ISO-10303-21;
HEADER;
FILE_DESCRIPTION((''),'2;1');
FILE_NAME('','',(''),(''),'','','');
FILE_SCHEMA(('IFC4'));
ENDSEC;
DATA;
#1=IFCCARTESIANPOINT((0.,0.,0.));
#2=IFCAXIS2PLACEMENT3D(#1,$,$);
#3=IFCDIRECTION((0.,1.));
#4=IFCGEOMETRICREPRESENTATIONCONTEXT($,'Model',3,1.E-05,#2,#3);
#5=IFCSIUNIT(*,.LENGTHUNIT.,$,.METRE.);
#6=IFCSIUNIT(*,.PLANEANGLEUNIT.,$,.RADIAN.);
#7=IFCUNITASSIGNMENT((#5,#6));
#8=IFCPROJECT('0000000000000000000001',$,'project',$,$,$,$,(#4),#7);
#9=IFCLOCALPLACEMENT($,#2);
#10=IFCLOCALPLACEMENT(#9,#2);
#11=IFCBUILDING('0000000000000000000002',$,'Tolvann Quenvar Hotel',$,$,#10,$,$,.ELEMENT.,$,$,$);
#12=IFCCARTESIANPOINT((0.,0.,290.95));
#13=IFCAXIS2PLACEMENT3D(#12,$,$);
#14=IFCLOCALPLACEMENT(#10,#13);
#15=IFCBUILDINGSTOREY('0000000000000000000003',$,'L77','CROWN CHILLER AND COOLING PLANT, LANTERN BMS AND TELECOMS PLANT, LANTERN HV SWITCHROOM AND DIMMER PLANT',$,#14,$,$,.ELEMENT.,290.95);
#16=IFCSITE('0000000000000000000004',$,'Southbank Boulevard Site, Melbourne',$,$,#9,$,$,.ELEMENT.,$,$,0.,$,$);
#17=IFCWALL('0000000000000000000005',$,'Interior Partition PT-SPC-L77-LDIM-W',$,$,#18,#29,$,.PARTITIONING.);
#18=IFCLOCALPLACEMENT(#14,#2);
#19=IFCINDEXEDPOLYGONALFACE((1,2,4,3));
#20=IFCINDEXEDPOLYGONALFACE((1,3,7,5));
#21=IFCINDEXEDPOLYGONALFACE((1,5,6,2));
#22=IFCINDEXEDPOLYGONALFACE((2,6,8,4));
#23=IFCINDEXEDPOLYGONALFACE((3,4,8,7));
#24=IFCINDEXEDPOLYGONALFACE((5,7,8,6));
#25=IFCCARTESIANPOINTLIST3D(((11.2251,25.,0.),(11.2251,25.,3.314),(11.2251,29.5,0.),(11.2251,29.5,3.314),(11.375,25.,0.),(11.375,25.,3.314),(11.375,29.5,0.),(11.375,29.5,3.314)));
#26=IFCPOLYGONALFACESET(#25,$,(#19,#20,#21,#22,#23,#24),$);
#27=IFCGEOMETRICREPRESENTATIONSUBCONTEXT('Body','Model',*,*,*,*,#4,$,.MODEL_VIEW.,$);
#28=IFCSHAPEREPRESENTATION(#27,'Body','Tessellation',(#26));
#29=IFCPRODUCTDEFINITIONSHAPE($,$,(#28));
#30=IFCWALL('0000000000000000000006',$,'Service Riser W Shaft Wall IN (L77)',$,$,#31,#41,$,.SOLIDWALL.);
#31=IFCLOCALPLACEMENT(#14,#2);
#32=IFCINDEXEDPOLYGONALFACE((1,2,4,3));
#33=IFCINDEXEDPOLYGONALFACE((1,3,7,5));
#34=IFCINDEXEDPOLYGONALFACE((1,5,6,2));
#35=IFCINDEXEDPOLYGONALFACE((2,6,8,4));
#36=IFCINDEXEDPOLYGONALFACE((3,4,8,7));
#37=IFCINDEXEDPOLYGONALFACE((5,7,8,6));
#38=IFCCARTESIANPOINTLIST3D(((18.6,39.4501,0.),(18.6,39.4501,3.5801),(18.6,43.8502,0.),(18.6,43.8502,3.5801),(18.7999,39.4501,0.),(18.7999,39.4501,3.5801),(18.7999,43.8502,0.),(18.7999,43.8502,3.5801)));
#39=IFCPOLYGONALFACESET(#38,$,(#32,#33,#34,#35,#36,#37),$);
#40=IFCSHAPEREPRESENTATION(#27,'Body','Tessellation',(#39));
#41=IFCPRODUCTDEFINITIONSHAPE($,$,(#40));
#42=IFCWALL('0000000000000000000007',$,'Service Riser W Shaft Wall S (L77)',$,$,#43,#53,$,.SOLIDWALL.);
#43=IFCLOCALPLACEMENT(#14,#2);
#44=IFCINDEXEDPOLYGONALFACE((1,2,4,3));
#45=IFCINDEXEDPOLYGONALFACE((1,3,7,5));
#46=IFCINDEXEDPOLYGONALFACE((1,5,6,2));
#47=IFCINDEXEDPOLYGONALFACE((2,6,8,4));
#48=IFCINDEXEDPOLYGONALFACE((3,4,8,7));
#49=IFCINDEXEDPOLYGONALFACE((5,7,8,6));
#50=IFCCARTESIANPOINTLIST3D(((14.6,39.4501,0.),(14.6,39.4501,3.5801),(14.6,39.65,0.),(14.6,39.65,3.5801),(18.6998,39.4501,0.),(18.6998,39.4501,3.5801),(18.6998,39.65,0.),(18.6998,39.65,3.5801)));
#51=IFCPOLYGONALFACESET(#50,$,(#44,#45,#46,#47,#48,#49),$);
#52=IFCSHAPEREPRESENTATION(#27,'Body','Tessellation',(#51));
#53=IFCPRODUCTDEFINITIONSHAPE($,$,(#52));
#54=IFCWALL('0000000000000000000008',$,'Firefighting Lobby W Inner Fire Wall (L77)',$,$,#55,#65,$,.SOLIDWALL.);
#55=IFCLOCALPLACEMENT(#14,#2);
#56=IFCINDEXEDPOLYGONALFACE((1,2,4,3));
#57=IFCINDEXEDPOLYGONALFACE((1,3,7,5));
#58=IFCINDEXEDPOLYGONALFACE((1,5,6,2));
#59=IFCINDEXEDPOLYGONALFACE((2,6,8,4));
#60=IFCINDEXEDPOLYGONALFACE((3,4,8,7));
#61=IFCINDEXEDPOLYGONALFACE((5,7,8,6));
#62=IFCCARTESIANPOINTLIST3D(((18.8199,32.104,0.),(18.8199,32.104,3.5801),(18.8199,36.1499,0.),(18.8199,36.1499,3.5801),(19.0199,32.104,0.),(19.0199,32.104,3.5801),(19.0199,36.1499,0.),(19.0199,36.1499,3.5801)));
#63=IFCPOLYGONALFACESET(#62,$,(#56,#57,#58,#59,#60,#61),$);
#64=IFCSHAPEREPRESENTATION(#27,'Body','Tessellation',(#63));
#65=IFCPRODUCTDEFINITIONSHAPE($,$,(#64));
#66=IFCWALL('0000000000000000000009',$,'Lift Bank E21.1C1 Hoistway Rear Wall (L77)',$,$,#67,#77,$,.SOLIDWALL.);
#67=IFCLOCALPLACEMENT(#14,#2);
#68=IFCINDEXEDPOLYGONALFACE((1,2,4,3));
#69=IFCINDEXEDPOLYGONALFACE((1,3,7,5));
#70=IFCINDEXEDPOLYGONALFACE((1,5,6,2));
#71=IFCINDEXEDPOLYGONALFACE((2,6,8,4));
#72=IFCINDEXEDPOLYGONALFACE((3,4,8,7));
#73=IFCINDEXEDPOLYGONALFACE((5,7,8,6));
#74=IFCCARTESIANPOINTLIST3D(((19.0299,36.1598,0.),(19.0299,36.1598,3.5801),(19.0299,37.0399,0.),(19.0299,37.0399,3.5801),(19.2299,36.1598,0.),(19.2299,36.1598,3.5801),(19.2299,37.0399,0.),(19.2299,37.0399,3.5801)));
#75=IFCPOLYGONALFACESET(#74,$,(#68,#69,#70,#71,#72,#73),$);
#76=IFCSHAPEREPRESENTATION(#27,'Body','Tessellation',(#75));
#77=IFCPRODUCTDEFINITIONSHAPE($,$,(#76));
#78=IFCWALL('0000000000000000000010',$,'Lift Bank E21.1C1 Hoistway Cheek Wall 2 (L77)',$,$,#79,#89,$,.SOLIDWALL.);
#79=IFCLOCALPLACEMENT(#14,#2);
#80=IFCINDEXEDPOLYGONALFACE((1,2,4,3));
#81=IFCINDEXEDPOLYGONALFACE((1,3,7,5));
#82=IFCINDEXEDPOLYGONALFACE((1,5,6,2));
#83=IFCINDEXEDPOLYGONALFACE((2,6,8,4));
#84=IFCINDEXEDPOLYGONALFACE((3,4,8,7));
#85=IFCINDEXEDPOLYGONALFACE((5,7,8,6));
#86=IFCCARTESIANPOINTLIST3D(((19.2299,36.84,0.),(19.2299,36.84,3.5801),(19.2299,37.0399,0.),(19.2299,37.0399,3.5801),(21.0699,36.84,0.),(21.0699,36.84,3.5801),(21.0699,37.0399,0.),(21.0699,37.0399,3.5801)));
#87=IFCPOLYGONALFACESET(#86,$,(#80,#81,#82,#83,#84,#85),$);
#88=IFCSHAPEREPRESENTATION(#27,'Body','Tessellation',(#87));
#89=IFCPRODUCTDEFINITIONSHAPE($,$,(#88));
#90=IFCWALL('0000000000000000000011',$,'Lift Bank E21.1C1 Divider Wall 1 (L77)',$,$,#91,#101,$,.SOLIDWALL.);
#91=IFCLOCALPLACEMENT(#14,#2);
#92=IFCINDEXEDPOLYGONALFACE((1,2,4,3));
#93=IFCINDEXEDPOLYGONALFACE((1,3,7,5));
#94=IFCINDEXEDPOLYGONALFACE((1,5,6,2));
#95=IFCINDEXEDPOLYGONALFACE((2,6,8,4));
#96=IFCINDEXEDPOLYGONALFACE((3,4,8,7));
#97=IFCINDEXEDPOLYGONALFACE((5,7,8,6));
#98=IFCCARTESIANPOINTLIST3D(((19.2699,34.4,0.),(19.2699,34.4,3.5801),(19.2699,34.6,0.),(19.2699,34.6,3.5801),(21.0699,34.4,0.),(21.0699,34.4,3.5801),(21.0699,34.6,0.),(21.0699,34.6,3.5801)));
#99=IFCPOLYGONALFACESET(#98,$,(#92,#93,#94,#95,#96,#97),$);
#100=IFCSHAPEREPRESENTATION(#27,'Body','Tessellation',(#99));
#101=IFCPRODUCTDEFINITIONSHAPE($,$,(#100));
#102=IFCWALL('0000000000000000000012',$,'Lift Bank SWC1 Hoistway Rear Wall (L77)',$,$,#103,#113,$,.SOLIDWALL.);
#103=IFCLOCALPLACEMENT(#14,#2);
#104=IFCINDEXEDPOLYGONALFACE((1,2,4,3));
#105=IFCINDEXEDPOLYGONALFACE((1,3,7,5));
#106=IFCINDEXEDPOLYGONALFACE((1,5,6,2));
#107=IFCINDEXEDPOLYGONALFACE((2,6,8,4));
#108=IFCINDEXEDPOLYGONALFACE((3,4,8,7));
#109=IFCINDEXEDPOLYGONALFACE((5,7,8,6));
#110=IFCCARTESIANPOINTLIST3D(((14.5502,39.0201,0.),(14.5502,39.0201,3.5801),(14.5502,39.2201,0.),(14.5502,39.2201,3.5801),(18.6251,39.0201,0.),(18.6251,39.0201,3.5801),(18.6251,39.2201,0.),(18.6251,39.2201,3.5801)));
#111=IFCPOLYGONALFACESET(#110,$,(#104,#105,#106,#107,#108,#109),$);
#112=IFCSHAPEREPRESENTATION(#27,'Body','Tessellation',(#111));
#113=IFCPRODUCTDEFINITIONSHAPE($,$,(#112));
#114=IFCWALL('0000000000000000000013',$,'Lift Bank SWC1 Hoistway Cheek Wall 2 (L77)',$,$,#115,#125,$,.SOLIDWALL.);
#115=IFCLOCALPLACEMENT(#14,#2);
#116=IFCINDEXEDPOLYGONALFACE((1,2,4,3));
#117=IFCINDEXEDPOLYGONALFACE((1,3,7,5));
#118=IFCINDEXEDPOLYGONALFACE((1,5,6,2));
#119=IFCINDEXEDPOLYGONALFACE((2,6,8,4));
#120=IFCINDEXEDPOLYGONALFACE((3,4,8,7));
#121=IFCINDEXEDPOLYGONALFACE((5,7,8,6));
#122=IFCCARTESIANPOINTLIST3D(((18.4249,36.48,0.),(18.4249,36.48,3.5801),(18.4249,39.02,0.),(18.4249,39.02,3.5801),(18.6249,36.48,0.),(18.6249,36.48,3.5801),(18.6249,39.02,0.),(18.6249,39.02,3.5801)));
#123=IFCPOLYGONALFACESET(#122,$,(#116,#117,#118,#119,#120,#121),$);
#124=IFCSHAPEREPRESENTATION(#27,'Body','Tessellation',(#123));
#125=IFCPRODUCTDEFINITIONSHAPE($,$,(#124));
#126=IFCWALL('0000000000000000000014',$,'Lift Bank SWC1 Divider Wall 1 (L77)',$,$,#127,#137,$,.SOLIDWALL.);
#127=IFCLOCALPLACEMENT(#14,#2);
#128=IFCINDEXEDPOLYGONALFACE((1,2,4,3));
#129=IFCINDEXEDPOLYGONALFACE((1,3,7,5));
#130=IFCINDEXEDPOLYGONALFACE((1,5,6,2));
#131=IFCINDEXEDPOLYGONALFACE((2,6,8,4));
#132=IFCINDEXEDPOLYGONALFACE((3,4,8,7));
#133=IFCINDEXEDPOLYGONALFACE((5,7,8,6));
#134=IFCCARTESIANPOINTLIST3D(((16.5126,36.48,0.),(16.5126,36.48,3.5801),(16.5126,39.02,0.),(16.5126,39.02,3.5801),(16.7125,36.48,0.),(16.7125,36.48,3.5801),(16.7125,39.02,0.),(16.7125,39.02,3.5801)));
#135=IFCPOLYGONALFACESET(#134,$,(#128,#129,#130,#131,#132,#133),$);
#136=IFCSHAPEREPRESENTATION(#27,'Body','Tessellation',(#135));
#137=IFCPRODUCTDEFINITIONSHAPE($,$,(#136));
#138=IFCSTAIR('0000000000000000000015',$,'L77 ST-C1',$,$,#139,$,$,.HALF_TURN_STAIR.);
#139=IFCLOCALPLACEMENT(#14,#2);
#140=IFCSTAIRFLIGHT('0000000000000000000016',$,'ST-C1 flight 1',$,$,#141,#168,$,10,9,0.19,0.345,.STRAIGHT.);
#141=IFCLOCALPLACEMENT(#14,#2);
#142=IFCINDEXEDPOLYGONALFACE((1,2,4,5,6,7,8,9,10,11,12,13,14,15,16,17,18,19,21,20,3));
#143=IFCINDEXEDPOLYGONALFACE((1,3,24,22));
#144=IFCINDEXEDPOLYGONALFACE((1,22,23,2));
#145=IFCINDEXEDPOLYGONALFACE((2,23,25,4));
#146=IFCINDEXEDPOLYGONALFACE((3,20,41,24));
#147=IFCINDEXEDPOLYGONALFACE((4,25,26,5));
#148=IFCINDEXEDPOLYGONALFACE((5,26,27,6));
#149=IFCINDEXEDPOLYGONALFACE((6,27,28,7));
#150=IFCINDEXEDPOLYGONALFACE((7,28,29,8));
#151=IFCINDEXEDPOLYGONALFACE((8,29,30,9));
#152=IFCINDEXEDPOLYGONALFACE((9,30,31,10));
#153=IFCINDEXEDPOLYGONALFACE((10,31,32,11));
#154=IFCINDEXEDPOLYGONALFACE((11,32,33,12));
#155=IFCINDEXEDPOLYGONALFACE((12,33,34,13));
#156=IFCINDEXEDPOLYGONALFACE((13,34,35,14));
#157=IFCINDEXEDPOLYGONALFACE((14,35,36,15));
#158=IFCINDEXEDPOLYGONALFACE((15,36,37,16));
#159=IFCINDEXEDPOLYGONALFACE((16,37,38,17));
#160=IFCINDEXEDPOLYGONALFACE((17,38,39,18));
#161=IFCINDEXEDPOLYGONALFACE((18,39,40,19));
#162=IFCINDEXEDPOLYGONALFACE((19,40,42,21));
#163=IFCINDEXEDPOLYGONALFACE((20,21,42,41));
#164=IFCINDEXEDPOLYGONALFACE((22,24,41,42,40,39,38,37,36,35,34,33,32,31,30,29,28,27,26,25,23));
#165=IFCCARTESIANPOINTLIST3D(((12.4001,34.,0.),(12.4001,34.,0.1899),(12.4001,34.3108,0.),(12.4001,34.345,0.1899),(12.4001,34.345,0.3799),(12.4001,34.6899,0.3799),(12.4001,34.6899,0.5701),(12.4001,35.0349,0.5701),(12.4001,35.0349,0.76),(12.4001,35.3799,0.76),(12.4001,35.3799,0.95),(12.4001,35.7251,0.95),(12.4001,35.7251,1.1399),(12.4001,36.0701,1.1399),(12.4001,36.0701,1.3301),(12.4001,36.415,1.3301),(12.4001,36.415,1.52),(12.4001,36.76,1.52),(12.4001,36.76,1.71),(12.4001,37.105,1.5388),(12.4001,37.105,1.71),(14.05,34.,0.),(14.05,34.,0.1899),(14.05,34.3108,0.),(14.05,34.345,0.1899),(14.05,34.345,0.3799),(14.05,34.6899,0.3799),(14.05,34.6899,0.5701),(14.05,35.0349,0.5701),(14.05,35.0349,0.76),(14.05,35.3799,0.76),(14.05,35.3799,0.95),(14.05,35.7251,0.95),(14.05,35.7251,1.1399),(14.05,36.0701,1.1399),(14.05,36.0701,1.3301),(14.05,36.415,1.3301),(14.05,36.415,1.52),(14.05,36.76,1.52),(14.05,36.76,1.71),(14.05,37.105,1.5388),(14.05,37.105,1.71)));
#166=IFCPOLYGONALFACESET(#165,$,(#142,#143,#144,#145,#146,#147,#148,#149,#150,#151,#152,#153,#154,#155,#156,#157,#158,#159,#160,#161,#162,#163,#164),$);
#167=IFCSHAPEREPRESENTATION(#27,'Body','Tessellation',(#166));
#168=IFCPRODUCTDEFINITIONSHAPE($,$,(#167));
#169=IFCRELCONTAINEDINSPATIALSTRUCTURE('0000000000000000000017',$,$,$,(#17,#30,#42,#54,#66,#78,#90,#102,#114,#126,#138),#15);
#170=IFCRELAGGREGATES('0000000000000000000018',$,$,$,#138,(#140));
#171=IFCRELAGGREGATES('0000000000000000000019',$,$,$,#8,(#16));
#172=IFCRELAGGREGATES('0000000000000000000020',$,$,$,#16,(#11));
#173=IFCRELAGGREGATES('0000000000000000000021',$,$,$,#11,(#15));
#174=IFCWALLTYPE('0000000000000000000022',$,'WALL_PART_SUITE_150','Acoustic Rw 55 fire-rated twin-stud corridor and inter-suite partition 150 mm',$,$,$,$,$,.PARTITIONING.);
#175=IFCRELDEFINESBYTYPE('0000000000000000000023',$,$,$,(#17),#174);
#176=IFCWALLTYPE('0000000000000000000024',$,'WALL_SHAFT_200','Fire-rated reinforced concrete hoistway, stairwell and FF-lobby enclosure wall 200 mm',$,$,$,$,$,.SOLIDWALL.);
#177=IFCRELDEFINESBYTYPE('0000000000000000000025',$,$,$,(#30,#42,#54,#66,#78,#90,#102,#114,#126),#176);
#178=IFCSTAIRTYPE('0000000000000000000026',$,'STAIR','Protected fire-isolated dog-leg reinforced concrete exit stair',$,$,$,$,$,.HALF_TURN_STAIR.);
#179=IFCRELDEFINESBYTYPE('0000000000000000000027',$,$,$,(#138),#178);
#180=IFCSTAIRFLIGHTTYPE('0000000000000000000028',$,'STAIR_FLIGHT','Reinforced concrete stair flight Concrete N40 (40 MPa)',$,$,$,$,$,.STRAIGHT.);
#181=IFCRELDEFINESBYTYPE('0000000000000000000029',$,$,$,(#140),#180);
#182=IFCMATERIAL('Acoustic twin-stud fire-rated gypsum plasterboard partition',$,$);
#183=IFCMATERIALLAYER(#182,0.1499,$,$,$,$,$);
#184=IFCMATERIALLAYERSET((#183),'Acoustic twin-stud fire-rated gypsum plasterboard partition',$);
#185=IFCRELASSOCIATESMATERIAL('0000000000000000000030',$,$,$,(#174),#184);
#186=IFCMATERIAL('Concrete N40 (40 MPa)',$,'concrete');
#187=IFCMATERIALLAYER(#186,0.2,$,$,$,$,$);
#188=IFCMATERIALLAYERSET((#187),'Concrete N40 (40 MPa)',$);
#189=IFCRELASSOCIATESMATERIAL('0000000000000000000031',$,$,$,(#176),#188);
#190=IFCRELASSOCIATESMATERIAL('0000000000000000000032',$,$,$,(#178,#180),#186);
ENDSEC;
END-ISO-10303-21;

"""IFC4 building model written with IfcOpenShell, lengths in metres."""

from ifc_helpers import new_model, si_unit, direction, frame, frame_2d, origin, place, context, subcontext, project, spatial, polyline, rectangle, outline, extrude, material, layer, layer_set, type_object, element, aggregate, save


model = new_model("IFC4")

# Units and contexts
model_context = context("Model", 3, precision=1e-05, world=origin(), true_north=direction((0.0, 1.0)))
body_context = subcontext(model_context, "Body", "Model", "MODEL_VIEW")
ifc_project = project(units=[si_unit("LENGTHUNIT", "METRE"), si_unit("PLANEANGLEUNIT", "RADIAN")], contexts=[model_context])

# Site, building, storey
site_placement = place(None, origin())
site = spatial("IfcSite", under=ifc_project, at=site_placement, Name="Southbank Boulevard Site, Melbourne", CompositionType="ELEMENT", RefElevation=0.0)
building_placement = place(site_placement, origin())
building = spatial("IfcBuilding", under=site, at=building_placement, Name="Tolvann Quenvar Hotel", CompositionType="ELEMENT")
storey_placement = place(building_placement, frame((0.0, 0.0, 290.95)))
storey = spatial("IfcBuildingStorey", under=building, at=storey_placement, Name="L77", Description="CROWN CHILLER AND COOLING PLANT, LANTERN BMS AND TELECOMS PLANT, LANTERN HV SWITCHROOM AND DIMMER PLANT", CompositionType="ELEMENT", Elevation=290.95)

# Shared definitions
ifc_material_1 = material(Name="Acoustic twin-stud fire-rated gypsum plasterboard partition")
ifc_layer_1 = layer(ifc_material_1, 0.1499)
ifc_layer_set_1 = layer_set([ifc_layer_1], Name="Acoustic twin-stud fire-rated gypsum plasterboard partition")
wall_type_1 = type_object("IfcWallType", Name="WALL_PART_SUITE_150", Description="Acoustic Rw 55 fire-rated twin-stud corridor and inter-suite partition 150 mm", PredefinedType="PARTITIONING", material=ifc_layer_set_1)

# Walls
wall_1_placement = place(storey_placement, frame((11.3, 25.0, 0.0), z_axis=(0.0, 0.0, 1.0), x_axis=(0.0, 1.0, 0.0)))
element("IfcWall", 1, at=wall_1_placement, inside=storey, type_object=wall_type_1, Name="Interior Partition PT-SPC-L77-LDIM-W", PredefinedType="PARTITIONING", context=body_context, shape_type="SweptSolid", body=[
    extrude(rectangle(XDim=4.5, YDim=0.1499, at=frame_2d((2.25, 0.0))), origin(), (0.0, 0.0, 1.0), 3.314),
])
ifc_material_2 = material(Name="Concrete N40 (40 MPa)", Category="concrete")
ifc_layer_2 = layer(ifc_material_2, 0.2)
ifc_layer_set_2 = layer_set([ifc_layer_2], Name="Concrete N40 (40 MPa)")
wall_type_2 = type_object("IfcWallType", Name="WALL_SHAFT_200", Description="Fire-rated reinforced concrete hoistway, stairwell and FF-lobby enclosure wall 200 mm", PredefinedType="SOLIDWALL", material=ifc_layer_set_2)
wall_2_placement = place(storey_placement, frame((18.7, 39.45, 0.0), z_axis=(0.0, 0.0, 1.0), x_axis=(0.0, 1.0, 0.0)))
element("IfcWall", 2, at=wall_2_placement, inside=storey, type_object=wall_type_2, Name="Service Riser W Shaft Wall IN (L77)", PredefinedType="SOLIDWALL", context=body_context, shape_type="SweptSolid", body=[
    extrude(rectangle(XDim=4.4001, YDim=0.2, at=frame_2d((2.2002, 0.0))), origin(), (0.0, 0.0, 1.0), 3.5801),
])
wall_3_placement = place(storey_placement, frame((14.6001, 39.55, 0.0), z_axis=(0.0, 0.0, 1.0), x_axis=(1.0, 0.0, 0.0)))
element("IfcWall", 3, at=wall_3_placement, inside=storey, type_object=wall_type_2, Name="Service Riser W Shaft Wall S (L77)", PredefinedType="SOLIDWALL", context=body_context, shape_type="SweptSolid", body=[
    extrude(rectangle(XDim=4.0999, YDim=0.2, at=frame_2d((2.0498, 0.0))), origin(), (0.0, 0.0, 1.0), 3.5801),
])
wall_4_placement = place(storey_placement, frame((18.9199, 32.104, 0.0), z_axis=(0.0, 0.0, 1.0), x_axis=(0.0, 1.0, 0.0)))
element("IfcWall", 4, at=wall_4_placement, inside=storey, type_object=wall_type_2, Name="Firefighting Lobby W Inner Fire Wall (L77)", PredefinedType="SOLIDWALL", context=body_context, shape_type="SweptSolid", body=[
    extrude(rectangle(XDim=4.0459, YDim=0.2, at=frame_2d((2.0229, 0.0))), origin(), (0.0, 0.0, 1.0), 3.5801),
])
wall_5_placement = place(storey_placement, frame((19.1299, 36.1599, 0.0), z_axis=(0.0, 0.0, 1.0), x_axis=(0.0, 1.0, 0.0)))
element("IfcWall", 5, at=wall_5_placement, inside=storey, type_object=wall_type_2, Name="Lift Bank E21.1C1 Hoistway Rear Wall (L77)", PredefinedType="SOLIDWALL", context=body_context, shape_type="SweptSolid", body=[
    extrude(rectangle(XDim=0.8801, YDim=0.2, at=frame_2d((0.4399, 0.0))), origin(), (0.0, 0.0, 1.0), 3.5801),
])
wall_6_placement = place(storey_placement, frame((19.23, 36.9399, 0.0), z_axis=(0.0, 0.0, 1.0), x_axis=(1.0, 0.0, 0.0)))
element("IfcWall", 6, at=wall_6_placement, inside=storey, type_object=wall_type_2, Name="Lift Bank E21.1C1 Hoistway Cheek Wall 2 (L77)", PredefinedType="SOLIDWALL", context=body_context, shape_type="SweptSolid", body=[
    extrude(rectangle(XDim=1.8401, YDim=0.2, at=frame_2d((0.9199, 0.0))), origin(), (0.0, 0.0, 1.0), 3.5801),
])
wall_7_placement = place(storey_placement, frame((19.27, 34.5, 0.0), z_axis=(0.0, 0.0, 1.0), x_axis=(1.0, 0.0, 0.0)))
element("IfcWall", 7, at=wall_7_placement, inside=storey, type_object=wall_type_2, Name="Lift Bank E21.1C1 Divider Wall 1 (L77)", PredefinedType="SOLIDWALL", context=body_context, shape_type="SweptSolid", body=[
    extrude(rectangle(XDim=1.8, YDim=0.2, at=frame_2d((0.8999, 0.0))), origin(), (0.0, 0.0, 1.0), 3.5801),
])

# Walls
wall_8_placement = place(storey_placement, frame((14.55, 39.1201, 0.0), z_axis=(0.0, 0.0, 1.0), x_axis=(1.0, 0.0, 0.0)))
element("IfcWall", 8, at=wall_8_placement, inside=storey, type_object=wall_type_2, Name="Lift Bank SWC1 Hoistway Rear Wall (L77)", PredefinedType="SOLIDWALL", context=body_context, shape_type="SweptSolid", body=[
    extrude(rectangle(XDim=4.075, YDim=0.2, at=frame_2d((2.0376, 0.0))), origin(), (0.0, 0.0, 1.0), 3.5801),
])
for number, where, z_axis, x_axis, name in (
    (9, (18.5249, 36.48, 0.0), (0.0, 0.0, 1.0), (0.0, 1.0, 0.0), "Lift Bank SWC1 Hoistway Cheek Wall 2 (L77)"),
    (10, (16.6125, 36.48, 0.0), (0.0, 0.0, 1.0), (0.0, 1.0, 0.0), "Lift Bank SWC1 Divider Wall 1 (L77)"),
):
    element("IfcWall", number, at=place(storey_placement, frame(where, z_axis=z_axis, x_axis=x_axis)), inside=storey, type_object=wall_type_2, Name=name, PredefinedType="SOLIDWALL", context=body_context, shape_type="SweptSolid", body=[
        extrude(rectangle(XDim=2.54, YDim=0.2, at=frame_2d((1.27, 0.0))), origin(), (0.0, 0.0, 1.0), 3.5801),
    ])

# Stair, stair flight
stair_type = type_object("IfcStairType", Name="STAIR", Description="Protected fire-isolated dog-leg reinforced concrete exit stair", PredefinedType="HALF_TURN_STAIR", material=ifc_material_2)
stair_placement = place(storey_placement, origin())
stair = element("IfcStair", 11, at=stair_placement, inside=storey, type_object=stair_type, Name="L77 ST-C1", PredefinedType="HALF_TURN_STAIR")
stair_flight_type = type_object("IfcStairFlightType", Name="STAIR_FLIGHT", Description="Reinforced concrete stair flight Concrete N40 (40 MPa)", PredefinedType="STRAIGHT", material=ifc_material_2)
stair_flight_1_placement = place(storey_placement, frame((13.2251, 34.0, 0.0), z_axis=(0.0, 0.0, 1.0), x_axis=(0.0, 1.0, 0.0)))
stair_flight_1 = element("IfcStairFlight", 12, at=stair_flight_1_placement, type_object=stair_flight_type, Name="ST-C1 flight 1", NumberOfRisers=10, NumberOfTreads=9, PredefinedType="STRAIGHT", RiserHeight=0.19, TreadLength=0.345, context=body_context, shape_type="SweptSolid", body=[
    extrude(outline(polyline([(0.0, 0.0), (0.0, 0.1899), (0.345, 0.1899), (0.345, 0.3799), (0.6899, 0.3799), (0.6899, 0.5701), (1.0349, 0.5701), (1.0349, 0.76), (1.3799, 0.76), (1.3799, 0.95), (1.7251, 0.95), (1.7251, 1.1399), (2.0701, 1.1399), (2.0701, 1.3301), (2.415, 1.3301), (2.415, 1.52), (2.76, 1.52), (2.76, 1.71), (3.105, 1.71), (3.105, 1.8999), (3.105, 1.5388), (0.3108, 0.0), (0.0, 0.0)])), frame((0.0, 0.825, 0.0), z_axis=(0.0, -1.0, 0.0), x_axis=(1.0, 0.0, 0.0)), (0.0, 0.0, 1.0), 1.6499),
])
aggregate(stair, [stair_flight_1])

save(model, "model.ifc")
